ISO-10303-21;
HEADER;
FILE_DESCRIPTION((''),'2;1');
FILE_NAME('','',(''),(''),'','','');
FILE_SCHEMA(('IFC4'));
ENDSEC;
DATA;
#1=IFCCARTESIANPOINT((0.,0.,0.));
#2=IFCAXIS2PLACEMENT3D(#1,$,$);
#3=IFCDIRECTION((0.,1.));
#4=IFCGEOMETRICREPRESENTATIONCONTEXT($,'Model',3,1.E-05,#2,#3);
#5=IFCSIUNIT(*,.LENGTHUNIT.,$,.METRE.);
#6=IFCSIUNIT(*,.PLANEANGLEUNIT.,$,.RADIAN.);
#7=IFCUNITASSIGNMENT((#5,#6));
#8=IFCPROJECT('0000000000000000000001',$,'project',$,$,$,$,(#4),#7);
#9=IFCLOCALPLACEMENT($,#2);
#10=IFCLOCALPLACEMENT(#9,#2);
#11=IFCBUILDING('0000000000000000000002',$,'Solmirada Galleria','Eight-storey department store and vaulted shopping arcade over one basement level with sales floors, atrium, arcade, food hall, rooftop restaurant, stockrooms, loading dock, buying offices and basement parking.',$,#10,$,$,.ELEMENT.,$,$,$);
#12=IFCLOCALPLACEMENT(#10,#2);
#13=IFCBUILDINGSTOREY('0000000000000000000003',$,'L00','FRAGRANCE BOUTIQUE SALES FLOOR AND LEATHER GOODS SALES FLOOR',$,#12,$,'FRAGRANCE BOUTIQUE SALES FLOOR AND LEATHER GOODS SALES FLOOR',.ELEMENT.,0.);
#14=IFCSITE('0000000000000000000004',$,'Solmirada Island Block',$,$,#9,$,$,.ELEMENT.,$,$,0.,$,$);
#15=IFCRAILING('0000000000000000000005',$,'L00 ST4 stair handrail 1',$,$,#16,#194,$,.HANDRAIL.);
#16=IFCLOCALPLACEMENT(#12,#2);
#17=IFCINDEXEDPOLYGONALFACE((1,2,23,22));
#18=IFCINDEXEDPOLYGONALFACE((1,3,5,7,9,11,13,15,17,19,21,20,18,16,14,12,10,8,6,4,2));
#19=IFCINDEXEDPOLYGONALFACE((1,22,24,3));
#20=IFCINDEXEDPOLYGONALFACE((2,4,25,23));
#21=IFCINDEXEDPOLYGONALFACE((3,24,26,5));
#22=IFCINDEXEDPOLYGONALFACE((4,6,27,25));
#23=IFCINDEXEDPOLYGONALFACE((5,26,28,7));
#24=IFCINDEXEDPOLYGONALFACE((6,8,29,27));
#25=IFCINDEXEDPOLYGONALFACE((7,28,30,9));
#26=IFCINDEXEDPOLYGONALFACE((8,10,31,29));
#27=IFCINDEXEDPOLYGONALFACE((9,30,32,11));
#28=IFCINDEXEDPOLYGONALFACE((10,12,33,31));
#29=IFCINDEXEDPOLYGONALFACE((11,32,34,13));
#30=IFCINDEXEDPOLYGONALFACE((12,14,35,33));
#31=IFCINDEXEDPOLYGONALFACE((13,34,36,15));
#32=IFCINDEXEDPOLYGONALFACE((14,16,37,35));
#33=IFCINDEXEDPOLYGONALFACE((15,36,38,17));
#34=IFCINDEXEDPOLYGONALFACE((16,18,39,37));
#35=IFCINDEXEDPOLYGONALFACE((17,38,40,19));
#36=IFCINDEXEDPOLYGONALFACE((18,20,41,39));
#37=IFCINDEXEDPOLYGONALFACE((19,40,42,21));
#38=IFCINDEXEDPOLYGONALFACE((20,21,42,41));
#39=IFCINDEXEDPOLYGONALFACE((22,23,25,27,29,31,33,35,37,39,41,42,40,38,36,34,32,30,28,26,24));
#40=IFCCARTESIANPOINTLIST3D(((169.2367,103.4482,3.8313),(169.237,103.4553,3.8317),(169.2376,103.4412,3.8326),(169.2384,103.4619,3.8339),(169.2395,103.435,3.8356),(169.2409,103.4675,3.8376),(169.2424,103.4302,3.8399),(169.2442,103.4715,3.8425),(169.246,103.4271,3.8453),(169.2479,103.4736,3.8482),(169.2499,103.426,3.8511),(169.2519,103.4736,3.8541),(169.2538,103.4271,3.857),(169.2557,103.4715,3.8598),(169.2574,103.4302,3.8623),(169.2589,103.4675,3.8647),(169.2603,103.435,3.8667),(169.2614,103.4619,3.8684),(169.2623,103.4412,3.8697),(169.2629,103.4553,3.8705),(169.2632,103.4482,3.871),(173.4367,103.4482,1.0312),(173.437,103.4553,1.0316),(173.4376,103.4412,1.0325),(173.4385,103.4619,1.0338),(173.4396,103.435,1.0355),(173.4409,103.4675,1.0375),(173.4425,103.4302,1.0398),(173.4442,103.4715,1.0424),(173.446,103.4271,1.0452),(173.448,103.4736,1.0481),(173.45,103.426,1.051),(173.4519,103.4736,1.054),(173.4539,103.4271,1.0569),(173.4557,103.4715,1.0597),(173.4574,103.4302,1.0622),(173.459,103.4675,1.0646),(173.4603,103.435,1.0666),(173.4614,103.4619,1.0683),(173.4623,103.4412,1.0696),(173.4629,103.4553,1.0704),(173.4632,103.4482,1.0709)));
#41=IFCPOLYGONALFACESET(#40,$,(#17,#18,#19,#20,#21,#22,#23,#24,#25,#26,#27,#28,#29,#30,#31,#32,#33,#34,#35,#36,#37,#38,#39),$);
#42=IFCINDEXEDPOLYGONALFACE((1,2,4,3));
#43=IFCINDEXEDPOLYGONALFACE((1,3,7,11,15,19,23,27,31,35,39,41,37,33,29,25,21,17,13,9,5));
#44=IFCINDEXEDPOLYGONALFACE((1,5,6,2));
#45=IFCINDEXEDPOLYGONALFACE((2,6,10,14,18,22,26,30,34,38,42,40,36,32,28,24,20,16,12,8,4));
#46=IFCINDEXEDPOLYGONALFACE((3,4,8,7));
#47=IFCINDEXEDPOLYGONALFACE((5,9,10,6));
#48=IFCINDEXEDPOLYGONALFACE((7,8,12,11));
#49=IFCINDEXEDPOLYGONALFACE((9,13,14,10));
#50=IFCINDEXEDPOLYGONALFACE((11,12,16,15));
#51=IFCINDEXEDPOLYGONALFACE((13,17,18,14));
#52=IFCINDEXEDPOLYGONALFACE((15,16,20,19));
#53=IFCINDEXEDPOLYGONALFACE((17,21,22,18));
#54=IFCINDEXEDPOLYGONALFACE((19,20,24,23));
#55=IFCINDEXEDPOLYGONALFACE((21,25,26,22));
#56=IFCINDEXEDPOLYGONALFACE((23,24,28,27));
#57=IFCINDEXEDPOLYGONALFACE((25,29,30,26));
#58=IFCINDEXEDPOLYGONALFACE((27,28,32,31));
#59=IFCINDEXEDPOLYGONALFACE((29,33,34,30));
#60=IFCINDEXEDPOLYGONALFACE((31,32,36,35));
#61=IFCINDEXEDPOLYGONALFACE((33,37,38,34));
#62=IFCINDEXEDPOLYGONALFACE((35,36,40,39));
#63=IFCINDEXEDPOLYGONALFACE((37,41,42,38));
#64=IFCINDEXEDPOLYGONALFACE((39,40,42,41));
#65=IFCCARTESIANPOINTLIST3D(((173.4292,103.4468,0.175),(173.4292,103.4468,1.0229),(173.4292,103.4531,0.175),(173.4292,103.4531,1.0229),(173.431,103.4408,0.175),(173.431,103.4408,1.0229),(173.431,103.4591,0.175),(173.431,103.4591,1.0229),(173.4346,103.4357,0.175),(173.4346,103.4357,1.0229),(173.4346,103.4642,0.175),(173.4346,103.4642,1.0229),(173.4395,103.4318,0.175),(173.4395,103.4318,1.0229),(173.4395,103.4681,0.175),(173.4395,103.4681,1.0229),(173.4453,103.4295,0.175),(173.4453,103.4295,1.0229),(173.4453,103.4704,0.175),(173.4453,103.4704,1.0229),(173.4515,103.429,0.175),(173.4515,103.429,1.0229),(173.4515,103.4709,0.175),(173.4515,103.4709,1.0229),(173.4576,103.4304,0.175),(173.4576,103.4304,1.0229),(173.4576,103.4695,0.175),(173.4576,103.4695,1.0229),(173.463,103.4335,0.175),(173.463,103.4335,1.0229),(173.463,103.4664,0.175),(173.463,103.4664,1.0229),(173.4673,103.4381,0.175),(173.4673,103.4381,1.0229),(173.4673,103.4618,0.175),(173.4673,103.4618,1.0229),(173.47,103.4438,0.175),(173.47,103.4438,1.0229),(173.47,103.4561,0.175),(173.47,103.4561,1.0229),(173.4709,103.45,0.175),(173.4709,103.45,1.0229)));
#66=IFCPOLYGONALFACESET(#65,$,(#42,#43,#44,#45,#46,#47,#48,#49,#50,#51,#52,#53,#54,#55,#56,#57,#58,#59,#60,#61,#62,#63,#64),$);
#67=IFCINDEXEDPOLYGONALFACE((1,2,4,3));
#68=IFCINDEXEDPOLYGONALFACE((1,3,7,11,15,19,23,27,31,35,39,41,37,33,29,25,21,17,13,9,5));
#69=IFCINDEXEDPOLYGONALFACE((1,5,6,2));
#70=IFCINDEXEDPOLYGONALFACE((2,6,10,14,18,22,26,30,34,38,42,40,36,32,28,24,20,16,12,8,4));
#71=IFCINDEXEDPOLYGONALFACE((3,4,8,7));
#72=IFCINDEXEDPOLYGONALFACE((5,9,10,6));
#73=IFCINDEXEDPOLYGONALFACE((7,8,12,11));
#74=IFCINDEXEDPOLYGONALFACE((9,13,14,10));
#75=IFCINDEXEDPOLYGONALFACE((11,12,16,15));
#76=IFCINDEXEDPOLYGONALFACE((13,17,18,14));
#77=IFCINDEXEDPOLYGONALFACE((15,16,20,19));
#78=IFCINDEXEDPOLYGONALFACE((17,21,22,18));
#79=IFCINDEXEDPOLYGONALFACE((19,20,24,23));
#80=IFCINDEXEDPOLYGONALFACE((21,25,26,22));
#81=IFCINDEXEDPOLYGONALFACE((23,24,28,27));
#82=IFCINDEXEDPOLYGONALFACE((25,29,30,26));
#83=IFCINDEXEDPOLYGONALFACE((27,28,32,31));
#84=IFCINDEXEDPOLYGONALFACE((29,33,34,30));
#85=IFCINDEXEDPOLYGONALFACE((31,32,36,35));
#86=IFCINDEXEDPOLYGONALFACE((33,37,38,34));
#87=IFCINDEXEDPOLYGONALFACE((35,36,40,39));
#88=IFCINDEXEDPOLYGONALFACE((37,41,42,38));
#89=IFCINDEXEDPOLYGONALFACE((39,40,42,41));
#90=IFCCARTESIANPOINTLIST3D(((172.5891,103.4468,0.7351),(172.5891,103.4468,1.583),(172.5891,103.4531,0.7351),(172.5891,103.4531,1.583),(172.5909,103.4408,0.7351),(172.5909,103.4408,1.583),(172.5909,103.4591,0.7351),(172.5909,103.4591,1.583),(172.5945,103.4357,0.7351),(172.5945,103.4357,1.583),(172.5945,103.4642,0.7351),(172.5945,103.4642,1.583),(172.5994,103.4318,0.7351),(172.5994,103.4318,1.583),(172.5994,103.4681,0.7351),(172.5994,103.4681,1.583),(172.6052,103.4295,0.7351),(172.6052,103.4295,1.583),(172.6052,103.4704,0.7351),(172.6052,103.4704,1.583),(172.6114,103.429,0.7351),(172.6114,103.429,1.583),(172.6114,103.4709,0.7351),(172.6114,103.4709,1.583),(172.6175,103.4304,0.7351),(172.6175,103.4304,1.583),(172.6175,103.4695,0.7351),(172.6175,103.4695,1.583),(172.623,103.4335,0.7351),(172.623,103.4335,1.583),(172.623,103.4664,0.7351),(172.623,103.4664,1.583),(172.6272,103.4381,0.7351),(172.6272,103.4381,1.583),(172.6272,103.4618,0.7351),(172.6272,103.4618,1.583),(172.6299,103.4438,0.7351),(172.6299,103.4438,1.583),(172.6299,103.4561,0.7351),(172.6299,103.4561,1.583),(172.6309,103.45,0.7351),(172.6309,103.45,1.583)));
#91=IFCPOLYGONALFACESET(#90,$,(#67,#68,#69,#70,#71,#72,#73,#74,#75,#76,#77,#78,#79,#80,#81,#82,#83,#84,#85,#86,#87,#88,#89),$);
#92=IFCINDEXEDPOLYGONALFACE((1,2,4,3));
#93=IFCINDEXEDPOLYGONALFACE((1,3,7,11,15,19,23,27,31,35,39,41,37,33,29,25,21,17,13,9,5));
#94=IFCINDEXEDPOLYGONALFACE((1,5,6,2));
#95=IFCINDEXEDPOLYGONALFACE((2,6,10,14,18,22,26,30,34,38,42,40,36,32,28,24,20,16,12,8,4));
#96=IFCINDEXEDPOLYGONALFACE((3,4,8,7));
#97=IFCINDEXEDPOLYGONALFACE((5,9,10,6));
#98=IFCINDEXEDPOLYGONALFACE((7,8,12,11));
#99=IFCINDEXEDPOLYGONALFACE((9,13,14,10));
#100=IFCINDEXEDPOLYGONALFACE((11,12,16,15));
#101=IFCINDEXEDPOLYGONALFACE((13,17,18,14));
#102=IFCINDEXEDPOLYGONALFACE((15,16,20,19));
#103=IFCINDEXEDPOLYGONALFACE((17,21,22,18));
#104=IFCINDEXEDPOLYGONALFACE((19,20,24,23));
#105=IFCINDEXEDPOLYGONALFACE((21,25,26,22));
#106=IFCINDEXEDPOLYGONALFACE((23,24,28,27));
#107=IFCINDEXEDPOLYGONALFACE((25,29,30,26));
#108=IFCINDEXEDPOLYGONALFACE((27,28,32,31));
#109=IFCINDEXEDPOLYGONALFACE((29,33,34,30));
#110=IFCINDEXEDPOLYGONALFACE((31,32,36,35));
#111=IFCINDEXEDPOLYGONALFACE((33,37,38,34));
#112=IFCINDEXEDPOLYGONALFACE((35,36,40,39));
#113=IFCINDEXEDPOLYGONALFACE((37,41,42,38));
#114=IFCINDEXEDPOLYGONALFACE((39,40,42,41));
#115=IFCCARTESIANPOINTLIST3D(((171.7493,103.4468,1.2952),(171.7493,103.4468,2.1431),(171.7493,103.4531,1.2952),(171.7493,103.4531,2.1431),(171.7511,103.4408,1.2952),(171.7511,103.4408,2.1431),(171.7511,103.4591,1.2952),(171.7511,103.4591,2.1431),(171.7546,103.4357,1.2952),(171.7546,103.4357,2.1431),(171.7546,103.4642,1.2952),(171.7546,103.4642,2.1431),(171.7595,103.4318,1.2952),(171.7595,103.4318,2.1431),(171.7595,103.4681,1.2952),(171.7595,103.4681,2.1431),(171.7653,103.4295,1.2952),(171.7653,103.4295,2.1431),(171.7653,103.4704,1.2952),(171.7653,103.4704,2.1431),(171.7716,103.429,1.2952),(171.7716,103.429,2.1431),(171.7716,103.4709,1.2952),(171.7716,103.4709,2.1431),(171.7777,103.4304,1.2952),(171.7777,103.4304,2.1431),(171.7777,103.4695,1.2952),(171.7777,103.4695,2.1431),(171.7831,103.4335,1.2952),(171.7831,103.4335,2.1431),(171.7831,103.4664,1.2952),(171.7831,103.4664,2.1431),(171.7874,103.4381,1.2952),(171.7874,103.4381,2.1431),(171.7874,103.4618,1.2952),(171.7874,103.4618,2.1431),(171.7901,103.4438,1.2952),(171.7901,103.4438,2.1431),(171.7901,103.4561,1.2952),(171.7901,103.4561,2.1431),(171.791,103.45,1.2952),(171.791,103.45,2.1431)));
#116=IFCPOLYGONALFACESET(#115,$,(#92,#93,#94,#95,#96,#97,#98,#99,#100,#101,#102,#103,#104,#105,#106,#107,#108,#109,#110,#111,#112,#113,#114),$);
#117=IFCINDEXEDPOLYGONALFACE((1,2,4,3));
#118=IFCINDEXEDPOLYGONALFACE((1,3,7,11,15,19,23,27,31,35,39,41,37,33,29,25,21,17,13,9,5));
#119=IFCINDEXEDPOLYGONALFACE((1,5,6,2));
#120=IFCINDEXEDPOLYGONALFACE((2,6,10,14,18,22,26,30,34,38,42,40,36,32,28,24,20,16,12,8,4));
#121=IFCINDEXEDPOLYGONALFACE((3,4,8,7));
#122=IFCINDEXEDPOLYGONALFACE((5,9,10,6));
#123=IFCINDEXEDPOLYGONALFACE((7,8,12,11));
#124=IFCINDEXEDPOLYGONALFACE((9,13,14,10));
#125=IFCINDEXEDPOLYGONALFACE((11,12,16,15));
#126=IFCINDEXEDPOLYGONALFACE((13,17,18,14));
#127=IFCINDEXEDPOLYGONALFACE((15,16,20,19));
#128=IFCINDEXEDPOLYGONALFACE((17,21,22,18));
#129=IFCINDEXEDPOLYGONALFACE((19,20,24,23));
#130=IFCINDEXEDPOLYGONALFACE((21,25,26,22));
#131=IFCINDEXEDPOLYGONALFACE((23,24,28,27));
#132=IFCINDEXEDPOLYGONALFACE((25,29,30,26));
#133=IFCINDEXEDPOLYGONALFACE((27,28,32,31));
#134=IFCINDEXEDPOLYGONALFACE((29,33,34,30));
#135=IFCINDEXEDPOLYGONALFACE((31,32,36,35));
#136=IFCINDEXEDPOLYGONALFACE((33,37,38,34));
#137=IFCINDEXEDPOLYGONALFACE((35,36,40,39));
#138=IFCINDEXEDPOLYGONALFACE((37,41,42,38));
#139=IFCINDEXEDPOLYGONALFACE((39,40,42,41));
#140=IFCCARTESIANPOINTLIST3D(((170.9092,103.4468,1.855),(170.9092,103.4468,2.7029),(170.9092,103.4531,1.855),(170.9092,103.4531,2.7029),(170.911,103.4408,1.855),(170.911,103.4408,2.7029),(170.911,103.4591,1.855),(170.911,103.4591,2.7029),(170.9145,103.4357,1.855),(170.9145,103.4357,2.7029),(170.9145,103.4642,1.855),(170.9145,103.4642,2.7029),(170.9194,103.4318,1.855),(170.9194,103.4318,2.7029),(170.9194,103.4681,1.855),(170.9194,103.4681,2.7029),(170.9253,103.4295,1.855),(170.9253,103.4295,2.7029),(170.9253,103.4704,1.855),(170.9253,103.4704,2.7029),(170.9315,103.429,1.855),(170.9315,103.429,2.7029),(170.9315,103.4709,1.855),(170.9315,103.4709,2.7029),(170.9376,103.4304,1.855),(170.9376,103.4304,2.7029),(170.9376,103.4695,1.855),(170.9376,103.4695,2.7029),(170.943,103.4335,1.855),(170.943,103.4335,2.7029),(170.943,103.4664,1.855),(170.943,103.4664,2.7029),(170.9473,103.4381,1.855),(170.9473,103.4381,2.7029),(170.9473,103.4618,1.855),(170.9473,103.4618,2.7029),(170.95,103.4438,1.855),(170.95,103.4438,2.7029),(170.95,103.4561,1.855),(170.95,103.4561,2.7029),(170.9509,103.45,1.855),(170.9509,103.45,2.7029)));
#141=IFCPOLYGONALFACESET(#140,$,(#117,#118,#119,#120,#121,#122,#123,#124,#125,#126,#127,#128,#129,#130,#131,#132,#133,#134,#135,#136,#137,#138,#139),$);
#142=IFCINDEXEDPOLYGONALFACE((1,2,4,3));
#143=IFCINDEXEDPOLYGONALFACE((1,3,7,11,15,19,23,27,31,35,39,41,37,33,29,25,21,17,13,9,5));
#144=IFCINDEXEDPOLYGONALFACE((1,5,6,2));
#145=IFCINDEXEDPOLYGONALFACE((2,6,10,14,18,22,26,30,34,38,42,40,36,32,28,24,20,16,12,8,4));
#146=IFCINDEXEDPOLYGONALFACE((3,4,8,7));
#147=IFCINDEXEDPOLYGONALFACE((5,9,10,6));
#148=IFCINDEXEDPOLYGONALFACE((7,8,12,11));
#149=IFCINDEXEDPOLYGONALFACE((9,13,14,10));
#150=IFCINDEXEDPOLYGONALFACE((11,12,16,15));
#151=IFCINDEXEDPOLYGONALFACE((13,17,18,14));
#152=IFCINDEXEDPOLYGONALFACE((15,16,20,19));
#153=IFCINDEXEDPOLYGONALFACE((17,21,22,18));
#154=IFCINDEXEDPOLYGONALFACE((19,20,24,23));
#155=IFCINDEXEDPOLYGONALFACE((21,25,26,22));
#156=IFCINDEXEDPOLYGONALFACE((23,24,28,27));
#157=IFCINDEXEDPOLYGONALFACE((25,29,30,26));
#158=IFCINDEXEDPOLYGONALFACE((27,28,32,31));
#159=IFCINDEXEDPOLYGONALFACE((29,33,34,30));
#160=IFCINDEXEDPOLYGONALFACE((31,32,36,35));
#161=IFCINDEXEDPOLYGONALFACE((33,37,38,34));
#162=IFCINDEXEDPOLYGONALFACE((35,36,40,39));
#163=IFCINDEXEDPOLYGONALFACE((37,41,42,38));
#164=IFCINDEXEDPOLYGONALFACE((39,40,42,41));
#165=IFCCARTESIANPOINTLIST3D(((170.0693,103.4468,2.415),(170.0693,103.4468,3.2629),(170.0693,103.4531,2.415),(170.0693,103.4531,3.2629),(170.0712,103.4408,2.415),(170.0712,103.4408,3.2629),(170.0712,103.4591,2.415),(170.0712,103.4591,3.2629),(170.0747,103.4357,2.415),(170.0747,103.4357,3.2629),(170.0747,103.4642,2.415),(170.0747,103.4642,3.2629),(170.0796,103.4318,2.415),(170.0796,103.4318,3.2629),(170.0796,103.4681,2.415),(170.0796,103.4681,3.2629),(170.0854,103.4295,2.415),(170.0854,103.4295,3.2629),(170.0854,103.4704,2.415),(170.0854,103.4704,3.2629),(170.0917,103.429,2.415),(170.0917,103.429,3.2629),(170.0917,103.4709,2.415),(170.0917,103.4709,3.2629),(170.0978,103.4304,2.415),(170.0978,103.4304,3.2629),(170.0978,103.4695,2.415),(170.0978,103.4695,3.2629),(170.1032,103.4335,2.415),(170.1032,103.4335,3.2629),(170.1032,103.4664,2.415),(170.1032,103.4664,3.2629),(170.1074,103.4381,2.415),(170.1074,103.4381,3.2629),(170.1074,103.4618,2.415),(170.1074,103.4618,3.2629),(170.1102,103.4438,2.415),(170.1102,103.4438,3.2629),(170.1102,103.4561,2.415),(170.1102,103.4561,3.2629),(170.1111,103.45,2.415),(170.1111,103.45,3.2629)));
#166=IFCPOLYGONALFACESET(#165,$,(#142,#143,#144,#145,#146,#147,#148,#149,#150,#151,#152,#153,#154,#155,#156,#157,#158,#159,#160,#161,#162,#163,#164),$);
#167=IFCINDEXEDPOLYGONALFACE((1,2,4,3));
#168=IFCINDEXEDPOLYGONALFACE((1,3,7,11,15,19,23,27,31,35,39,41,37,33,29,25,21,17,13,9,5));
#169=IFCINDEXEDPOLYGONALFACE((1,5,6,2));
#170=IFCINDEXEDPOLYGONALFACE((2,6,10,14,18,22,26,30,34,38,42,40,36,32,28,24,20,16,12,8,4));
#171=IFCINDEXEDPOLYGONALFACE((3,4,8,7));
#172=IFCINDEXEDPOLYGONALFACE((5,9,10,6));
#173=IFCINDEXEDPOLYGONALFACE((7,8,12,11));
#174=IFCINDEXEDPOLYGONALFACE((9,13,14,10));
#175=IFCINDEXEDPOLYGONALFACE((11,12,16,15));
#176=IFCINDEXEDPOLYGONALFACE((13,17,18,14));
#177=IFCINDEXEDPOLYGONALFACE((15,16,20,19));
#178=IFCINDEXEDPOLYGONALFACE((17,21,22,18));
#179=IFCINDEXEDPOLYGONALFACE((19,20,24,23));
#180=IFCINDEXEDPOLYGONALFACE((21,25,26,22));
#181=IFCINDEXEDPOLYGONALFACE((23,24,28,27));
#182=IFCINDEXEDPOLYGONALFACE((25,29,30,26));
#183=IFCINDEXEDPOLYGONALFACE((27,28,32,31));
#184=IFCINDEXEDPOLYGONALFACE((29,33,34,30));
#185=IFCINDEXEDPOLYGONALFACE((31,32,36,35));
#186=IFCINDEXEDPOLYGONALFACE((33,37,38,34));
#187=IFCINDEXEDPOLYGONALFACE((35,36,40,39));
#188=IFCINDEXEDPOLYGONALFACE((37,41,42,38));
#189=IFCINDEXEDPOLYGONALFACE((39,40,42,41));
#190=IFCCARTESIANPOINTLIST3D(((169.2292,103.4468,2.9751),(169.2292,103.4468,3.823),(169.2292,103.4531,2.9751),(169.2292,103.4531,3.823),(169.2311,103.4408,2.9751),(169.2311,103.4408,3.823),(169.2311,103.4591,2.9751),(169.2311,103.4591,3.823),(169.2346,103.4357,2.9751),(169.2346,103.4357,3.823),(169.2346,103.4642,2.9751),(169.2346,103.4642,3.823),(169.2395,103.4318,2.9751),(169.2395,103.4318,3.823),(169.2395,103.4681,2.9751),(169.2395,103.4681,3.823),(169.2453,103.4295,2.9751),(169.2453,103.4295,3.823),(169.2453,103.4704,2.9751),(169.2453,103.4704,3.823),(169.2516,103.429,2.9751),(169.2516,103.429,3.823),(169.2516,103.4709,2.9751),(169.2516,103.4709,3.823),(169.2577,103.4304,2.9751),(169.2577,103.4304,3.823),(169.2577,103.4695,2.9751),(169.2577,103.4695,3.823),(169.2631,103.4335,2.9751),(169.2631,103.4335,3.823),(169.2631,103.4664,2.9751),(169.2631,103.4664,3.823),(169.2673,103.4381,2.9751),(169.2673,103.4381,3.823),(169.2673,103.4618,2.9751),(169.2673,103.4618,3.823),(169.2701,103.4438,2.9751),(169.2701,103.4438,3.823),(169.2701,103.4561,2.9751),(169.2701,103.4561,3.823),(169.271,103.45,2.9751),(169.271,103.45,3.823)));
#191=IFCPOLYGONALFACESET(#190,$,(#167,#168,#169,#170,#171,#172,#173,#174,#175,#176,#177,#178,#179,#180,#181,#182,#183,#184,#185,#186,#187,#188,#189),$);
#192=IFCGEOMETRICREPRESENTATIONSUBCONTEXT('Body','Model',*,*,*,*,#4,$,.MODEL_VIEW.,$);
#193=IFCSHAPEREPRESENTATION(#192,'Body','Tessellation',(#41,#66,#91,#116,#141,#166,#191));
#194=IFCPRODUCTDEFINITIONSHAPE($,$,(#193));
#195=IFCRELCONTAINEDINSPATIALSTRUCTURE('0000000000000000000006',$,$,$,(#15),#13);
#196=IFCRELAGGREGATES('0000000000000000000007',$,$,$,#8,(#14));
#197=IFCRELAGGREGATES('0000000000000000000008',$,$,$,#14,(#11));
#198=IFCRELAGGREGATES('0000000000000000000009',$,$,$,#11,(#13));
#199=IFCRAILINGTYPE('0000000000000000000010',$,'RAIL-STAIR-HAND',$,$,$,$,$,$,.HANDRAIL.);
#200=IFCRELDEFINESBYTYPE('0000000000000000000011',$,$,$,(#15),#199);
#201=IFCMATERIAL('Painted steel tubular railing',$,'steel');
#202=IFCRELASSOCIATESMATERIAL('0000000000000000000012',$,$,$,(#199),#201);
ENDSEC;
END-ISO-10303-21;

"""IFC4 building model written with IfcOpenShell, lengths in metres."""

from ifc_helpers import new_model, si_unit, direction, frame, origin, origin_2d, place, context, subcontext, project, spatial, circle, extrude, material, type_object, element, save


model = new_model("IFC4")

# Units and contexts
model_context = context("Model", 3, precision=1e-05, world=origin(), true_north=direction((0.0, 1.0)))
body_context = subcontext(model_context, "Body", "Model", "MODEL_VIEW")
ifc_project = project(units=[si_unit("LENGTHUNIT", "METRE"), si_unit("PLANEANGLEUNIT", "RADIAN")], contexts=[model_context])

# Site, building, storey
site_placement = place(None, origin())
site = spatial("IfcSite", under=ifc_project, at=site_placement, Name="Solmirada Island Block", CompositionType="ELEMENT", RefElevation=0.0)
building_placement = place(site_placement, origin())
building = spatial("IfcBuilding", under=site, at=building_placement, Name="Solmirada Galleria", Description="Eight-storey department store and vaulted shopping arcade over one basement level with sales floors, atrium, arcade, food hall, rooftop restaurant, stockrooms, loading dock, buying offices and basement parking.", CompositionType="ELEMENT")
storey_placement = place(building_placement, origin())
storey = spatial("IfcBuildingStorey", under=building, at=storey_placement, Name="L00", Description="FRAGRANCE BOUTIQUE SALES FLOOR AND LEATHER GOODS SALES FLOOR", LongName="FRAGRANCE BOUTIQUE SALES FLOOR AND LEATHER GOODS SALES FLOOR", CompositionType="ELEMENT", Elevation=0.0)

# Railing
ifc_material_1 = material(Name="Painted steel tubular railing", Category="steel")
railing_type_1 = type_object("IfcRailingType", Name="RAIL-STAIR-HAND", PredefinedType="HANDRAIL", material=ifc_material_1)
railing_1_placement = place(storey_placement, frame((173.45, 103.45, 0.175)))
element("IfcRailing", 1, at=railing_1_placement, inside=storey, type_object=railing_type_1, Name="L00 ST4 stair handrail 1", PredefinedType="HANDRAIL", context=body_context, shape_type="SweptSolid", body=[
    extrude(circle(Radius=0.0239, at=origin_2d()), frame((0.0, 0.0, 0.876), z_axis=(-0.832043, 0.0, 0.554711), x_axis=(0.0, -1.0, 0.0)), (0.0, 0.0, 1.0), 5.0479),
    extrude(circle(Radius=0.021, at=origin_2d()), origin(), (0.0, 0.0, 1.0), 0.8479),
    extrude(circle(Radius=0.021, at=origin_2d()), frame((-0.8401, 0.0, 0.5601)), (0.0, 0.0, 1.0), 0.8479),
    extrude(circle(Radius=0.021, at=origin_2d()), frame((-1.6799, 0.0, 1.1201)), (0.0, 0.0, 1.0), 0.8479),
    extrude(circle(Radius=0.021, at=origin_2d()), frame((-2.52, 0.0, 1.6799)), (0.0, 0.0, 1.0), 0.8479),
    extrude(circle(Radius=0.021, at=origin_2d()), frame((-3.3599, 0.0, 2.24)), (0.0, 0.0, 1.0), 0.8479),
    extrude(circle(Radius=0.021, at=origin_2d()), frame((-4.2, 0.0, 2.8)), (0.0, 0.0, 1.0), 0.8479),
])

save(model, "model.ifc")
